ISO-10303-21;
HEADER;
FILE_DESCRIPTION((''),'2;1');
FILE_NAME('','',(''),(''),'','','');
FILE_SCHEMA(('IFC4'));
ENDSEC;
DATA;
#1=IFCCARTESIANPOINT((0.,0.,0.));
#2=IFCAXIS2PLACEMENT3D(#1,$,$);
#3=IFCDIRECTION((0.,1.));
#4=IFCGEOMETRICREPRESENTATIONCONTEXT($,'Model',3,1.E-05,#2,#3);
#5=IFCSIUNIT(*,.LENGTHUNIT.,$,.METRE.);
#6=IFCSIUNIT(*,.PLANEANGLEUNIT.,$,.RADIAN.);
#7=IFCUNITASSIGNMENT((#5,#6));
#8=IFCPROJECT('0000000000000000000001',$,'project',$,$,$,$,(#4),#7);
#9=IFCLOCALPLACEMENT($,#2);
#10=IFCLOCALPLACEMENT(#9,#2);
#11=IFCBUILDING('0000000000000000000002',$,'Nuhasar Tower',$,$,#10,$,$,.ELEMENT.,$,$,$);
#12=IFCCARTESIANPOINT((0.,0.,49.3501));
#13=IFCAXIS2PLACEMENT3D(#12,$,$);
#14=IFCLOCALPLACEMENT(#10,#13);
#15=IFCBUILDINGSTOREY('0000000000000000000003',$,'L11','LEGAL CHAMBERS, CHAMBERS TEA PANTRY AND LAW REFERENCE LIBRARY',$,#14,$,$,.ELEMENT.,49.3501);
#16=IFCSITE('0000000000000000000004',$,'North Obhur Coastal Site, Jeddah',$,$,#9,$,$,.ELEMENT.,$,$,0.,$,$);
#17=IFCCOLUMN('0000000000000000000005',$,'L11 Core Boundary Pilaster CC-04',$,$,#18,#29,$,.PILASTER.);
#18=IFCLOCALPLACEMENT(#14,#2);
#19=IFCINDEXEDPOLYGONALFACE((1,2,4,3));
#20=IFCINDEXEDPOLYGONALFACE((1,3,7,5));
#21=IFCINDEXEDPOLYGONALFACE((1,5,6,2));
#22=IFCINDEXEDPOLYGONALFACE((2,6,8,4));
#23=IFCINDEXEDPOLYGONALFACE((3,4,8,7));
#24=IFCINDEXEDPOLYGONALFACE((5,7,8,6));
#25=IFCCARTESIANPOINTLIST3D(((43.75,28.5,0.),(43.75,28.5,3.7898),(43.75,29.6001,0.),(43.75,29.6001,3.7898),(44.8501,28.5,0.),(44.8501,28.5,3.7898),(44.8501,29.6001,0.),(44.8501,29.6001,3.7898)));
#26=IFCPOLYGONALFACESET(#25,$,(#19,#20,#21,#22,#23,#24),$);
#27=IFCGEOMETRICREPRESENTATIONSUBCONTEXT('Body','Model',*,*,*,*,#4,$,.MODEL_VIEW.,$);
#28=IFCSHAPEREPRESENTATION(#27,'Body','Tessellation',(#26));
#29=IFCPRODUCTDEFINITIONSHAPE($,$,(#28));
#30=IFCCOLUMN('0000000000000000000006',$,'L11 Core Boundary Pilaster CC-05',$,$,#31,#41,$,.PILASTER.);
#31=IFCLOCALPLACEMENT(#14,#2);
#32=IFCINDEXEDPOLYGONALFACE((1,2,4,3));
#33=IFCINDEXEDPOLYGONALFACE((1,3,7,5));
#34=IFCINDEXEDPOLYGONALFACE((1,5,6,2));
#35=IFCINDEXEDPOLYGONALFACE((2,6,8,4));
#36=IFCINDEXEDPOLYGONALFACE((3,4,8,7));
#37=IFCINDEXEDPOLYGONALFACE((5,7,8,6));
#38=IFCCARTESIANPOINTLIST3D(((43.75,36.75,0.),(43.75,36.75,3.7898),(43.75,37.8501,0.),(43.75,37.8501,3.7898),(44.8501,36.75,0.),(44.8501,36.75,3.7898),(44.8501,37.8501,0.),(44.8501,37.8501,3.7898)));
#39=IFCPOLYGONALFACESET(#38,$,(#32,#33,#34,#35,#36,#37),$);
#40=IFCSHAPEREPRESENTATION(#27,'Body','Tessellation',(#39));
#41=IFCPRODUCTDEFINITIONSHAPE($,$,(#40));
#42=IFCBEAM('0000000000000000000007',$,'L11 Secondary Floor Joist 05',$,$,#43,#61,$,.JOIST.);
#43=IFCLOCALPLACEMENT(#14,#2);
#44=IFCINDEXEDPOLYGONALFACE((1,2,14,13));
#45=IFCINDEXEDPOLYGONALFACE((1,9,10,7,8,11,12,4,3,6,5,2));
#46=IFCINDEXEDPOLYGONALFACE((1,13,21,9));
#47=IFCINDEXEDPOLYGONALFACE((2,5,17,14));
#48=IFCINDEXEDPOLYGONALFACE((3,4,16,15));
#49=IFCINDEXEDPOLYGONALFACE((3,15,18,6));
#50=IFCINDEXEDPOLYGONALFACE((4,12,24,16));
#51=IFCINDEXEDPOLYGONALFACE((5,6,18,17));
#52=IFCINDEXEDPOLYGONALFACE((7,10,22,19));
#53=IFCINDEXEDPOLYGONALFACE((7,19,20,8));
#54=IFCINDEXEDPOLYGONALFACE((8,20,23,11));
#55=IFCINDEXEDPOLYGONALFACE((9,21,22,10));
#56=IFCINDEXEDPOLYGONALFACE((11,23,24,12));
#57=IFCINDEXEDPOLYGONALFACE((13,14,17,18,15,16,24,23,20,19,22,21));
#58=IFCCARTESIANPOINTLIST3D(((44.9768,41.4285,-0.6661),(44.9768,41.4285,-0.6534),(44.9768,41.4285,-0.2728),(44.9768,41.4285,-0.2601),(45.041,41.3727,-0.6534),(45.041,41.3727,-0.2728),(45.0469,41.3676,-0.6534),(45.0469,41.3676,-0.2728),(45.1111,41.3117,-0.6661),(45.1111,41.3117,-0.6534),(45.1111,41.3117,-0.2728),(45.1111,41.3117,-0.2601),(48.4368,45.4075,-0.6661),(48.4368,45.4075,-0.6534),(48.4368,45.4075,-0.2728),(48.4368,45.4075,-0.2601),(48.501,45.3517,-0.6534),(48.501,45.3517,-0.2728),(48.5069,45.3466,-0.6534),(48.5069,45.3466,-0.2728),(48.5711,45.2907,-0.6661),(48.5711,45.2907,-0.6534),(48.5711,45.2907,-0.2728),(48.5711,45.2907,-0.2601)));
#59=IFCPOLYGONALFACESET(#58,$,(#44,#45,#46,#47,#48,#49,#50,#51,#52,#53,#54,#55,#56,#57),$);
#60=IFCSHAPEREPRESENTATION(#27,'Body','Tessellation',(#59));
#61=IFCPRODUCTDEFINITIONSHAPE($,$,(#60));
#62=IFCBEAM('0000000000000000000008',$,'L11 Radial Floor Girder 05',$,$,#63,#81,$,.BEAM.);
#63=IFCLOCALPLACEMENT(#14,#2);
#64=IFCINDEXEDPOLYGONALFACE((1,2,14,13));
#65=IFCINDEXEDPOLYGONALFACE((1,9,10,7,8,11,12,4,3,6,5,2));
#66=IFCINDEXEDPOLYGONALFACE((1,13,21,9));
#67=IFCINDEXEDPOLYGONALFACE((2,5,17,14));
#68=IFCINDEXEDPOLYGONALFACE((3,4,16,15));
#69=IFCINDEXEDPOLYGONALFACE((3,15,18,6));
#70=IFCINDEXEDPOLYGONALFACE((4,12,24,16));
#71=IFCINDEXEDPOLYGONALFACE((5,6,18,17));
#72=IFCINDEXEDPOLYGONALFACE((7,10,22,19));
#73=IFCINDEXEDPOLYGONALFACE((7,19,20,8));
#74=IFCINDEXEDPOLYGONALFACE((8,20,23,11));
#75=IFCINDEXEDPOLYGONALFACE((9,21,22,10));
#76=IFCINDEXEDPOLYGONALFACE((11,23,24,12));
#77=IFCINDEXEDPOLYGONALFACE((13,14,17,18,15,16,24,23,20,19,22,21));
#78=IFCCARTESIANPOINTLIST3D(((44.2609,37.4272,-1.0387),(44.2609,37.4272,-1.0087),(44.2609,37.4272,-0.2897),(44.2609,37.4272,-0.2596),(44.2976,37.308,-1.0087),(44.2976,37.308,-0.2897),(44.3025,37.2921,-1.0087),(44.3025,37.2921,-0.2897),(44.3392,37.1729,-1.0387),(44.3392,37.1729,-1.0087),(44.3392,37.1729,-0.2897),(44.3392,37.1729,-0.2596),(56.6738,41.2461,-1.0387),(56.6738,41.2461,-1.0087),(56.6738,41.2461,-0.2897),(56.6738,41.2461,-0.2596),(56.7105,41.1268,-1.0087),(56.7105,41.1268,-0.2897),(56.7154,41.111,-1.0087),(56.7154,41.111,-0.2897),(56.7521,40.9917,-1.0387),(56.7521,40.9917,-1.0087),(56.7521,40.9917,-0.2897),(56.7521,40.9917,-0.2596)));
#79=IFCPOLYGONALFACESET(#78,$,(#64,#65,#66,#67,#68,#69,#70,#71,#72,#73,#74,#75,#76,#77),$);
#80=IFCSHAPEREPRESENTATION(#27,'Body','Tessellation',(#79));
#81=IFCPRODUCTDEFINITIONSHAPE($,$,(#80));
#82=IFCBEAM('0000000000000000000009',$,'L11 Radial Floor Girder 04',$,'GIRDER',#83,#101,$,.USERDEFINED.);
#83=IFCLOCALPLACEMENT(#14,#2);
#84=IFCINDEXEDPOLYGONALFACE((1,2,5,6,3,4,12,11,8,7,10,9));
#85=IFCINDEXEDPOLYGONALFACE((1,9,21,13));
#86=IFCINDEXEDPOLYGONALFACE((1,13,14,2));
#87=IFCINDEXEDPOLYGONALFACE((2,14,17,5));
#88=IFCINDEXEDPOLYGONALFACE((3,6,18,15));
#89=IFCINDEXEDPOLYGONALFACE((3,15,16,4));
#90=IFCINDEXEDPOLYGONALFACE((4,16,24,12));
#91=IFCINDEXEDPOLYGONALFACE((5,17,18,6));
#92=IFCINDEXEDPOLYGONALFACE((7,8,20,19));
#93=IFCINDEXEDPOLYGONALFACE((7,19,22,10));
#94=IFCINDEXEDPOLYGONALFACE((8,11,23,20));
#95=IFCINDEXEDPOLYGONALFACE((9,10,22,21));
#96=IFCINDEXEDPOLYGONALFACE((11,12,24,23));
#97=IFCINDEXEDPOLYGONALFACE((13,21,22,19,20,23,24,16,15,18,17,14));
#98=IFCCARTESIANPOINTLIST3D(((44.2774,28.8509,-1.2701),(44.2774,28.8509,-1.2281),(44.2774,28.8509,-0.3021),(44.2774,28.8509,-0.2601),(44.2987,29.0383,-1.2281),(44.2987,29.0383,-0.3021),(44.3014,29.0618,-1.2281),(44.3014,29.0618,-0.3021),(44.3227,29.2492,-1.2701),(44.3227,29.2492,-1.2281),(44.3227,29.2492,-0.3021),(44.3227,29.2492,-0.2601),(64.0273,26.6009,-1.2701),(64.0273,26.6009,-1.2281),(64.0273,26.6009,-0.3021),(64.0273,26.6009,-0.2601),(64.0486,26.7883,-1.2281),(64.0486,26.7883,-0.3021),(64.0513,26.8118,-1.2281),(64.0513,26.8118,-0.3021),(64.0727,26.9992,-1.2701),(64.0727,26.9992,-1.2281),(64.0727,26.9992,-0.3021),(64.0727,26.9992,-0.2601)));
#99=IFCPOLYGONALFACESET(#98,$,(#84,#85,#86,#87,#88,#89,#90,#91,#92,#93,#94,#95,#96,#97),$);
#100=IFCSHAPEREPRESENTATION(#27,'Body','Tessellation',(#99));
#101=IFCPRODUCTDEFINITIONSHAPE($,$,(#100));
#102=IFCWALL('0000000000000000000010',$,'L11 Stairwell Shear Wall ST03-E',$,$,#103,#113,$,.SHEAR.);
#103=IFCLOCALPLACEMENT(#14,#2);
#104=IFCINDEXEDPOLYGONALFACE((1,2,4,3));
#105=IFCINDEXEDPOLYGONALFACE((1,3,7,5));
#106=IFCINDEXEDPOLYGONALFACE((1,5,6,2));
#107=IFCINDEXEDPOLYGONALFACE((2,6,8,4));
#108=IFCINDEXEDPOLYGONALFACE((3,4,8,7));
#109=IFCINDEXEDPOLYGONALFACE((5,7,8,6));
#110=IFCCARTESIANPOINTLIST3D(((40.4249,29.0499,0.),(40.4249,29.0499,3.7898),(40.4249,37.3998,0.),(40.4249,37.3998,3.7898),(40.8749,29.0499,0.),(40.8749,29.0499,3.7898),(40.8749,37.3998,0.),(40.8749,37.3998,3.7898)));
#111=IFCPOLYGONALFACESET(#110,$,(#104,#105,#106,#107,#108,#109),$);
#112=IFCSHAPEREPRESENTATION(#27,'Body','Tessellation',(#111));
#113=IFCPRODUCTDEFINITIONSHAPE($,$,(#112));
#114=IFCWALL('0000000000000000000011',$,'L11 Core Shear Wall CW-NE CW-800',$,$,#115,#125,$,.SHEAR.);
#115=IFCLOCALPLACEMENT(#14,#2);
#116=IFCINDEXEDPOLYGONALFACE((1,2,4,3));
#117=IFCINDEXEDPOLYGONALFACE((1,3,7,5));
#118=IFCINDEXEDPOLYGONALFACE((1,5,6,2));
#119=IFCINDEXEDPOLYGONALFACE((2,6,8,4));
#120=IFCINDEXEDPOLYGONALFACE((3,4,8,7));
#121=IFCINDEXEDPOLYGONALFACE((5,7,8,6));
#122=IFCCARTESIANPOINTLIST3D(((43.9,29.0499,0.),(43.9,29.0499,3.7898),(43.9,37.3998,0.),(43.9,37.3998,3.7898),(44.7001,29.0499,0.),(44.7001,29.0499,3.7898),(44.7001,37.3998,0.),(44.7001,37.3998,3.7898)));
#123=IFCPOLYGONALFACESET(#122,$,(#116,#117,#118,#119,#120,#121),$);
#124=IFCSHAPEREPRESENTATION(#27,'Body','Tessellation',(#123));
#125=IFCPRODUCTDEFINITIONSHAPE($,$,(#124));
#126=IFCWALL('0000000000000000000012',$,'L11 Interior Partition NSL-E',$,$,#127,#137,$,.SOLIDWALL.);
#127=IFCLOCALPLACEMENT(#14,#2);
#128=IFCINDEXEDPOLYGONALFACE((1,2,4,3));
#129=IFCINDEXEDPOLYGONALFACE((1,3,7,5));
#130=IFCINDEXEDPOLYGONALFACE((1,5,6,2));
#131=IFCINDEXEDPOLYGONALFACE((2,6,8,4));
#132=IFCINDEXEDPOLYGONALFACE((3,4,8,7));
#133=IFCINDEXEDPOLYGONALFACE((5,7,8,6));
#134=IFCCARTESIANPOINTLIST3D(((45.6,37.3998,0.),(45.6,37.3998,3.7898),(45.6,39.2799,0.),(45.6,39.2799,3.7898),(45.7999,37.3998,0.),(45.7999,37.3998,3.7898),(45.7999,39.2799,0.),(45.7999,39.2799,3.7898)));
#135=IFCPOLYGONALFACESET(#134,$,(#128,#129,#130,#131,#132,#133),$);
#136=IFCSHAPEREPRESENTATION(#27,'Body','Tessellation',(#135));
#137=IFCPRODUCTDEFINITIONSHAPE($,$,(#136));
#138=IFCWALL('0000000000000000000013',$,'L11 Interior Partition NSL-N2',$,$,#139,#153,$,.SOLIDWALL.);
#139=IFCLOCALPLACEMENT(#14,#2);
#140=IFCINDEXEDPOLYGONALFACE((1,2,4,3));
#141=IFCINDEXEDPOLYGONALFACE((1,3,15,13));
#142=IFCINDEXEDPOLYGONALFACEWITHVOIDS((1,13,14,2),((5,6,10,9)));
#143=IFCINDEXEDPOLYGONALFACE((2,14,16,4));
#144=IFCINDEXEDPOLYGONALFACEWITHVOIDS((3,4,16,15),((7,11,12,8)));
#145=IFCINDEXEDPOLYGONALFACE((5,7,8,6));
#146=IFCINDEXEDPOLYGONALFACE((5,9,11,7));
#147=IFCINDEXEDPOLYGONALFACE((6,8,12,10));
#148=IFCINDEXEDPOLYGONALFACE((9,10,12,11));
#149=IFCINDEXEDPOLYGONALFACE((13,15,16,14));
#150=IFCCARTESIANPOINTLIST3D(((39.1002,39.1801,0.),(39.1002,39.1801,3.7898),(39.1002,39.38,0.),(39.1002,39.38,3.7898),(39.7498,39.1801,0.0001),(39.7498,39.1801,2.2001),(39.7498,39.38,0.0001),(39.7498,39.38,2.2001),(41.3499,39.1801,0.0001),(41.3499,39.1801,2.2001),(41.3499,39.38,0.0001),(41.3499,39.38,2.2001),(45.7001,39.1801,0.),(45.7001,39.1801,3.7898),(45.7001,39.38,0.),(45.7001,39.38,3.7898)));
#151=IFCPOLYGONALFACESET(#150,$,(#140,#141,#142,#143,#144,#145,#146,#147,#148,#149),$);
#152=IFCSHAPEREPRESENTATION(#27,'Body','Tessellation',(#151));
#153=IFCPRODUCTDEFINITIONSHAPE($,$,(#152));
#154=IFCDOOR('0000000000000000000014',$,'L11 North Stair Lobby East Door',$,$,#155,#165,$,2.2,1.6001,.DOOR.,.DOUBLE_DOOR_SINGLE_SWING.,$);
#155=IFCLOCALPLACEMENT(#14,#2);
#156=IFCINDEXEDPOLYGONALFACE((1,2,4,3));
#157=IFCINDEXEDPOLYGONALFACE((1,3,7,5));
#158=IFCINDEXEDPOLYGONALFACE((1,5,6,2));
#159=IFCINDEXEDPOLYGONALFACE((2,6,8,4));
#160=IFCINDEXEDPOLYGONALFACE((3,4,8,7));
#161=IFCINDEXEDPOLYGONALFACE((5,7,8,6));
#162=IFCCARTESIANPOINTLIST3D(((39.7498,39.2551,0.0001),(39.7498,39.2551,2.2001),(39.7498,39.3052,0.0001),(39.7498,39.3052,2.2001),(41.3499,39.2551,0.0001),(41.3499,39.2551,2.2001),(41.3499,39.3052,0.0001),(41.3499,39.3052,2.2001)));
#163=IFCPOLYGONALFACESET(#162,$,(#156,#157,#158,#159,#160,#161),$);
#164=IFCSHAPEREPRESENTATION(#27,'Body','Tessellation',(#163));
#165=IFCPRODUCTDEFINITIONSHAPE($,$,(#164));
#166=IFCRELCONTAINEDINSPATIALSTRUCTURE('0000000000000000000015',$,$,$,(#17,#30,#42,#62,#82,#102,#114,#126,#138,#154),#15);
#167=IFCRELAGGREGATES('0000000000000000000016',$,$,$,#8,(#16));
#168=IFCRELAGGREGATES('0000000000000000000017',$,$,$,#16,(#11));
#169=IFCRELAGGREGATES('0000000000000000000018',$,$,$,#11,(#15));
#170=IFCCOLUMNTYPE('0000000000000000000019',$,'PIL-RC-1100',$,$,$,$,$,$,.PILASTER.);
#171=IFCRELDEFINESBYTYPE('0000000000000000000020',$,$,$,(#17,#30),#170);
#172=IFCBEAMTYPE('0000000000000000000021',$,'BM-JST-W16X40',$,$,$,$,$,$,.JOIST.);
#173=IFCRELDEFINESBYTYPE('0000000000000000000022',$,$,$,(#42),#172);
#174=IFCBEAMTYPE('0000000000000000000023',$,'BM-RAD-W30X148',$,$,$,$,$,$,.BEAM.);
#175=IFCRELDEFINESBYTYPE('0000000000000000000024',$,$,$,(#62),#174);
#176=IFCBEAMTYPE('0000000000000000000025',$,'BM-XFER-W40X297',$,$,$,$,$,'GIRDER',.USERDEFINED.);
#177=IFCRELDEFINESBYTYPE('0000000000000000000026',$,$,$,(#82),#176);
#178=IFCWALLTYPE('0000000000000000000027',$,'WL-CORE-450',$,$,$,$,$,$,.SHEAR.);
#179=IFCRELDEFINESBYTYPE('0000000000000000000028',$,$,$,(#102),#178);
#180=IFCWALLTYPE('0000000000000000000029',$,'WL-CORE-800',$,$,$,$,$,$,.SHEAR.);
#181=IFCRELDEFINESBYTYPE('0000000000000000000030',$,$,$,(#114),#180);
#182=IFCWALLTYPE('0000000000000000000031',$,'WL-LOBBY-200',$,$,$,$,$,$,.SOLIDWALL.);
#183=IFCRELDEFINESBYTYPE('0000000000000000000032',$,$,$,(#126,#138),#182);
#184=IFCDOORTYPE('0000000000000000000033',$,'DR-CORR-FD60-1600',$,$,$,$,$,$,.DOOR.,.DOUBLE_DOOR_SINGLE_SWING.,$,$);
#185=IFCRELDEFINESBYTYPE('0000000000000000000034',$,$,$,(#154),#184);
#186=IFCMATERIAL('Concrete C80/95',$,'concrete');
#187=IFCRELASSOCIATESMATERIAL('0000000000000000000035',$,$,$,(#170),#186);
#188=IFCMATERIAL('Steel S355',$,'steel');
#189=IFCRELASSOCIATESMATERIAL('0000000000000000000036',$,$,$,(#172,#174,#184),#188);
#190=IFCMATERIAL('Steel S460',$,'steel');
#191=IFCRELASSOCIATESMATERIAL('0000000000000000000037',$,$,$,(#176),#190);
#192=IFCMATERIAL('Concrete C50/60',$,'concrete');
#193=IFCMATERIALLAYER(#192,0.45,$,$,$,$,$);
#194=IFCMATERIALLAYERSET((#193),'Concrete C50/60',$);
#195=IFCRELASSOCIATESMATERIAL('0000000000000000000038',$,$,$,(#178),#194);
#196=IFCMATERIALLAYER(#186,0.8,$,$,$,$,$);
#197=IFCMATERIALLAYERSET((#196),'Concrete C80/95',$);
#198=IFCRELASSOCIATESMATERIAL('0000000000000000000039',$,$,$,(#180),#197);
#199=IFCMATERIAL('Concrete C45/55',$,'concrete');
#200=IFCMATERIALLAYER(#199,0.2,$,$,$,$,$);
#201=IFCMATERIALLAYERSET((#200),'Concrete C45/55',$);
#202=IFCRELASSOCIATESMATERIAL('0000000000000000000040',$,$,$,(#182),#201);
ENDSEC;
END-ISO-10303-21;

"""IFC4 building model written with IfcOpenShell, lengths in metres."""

from ifc_helpers import new_model, si_unit, direction, frame, frame_2d, origin, origin_2d, place, context, subcontext, project, spatial, rectangle, i_section, extrude, material, layer, layer_set, material_profile, profile_set, type_object, element, fill, save


model = new_model("IFC4")

# Units and contexts
model_context = context("Model", 3, precision=1e-05, world=origin(), true_north=direction((0.0, 1.0)))
body_context = subcontext(model_context, "Body", "Model", "MODEL_VIEW")
ifc_project = project(units=[si_unit("LENGTHUNIT", "METRE"), si_unit("PLANEANGLEUNIT", "RADIAN")], contexts=[model_context])

# Site, building, storey
site_placement = place(None, origin())
site = spatial("IfcSite", under=ifc_project, at=site_placement, Name="North Obhur Coastal Site, Jeddah", CompositionType="ELEMENT", RefElevation=0.0)
building_placement = place(site_placement, origin())
building = spatial("IfcBuilding", under=site, at=building_placement, Name="Nuhasar Tower", CompositionType="ELEMENT")
storey_placement = place(building_placement, frame((0.0, 0.0, 49.3501)))
storey = spatial("IfcBuildingStorey", under=building, at=storey_placement, Name="L11", Description="LEGAL CHAMBERS, CHAMBERS TEA PANTRY AND LAW REFERENCE LIBRARY", CompositionType="ELEMENT", Elevation=49.3501)

# Columns
ifc_material_1 = material(Name="Concrete C80/95", Category="concrete")
ifc_material_profile_1 = material_profile(ifc_material_1, rectangle(XDim=1.1001, YDim=1.1001, at=origin_2d()), Name="RC1100X1100")
ifc_profile_set_1 = profile_set([ifc_material_profile_1], Name="Concrete C80/95")
column_type = type_object("IfcColumnType", Name="PIL-RC-1100", PredefinedType="PILASTER", material=ifc_profile_set_1)
for number, where, z_axis, x_axis, name in (
    (1, (44.3, 29.05, 0.0), (0.0, 0.0, 1.0), (1.0, 0.0, 0.0), "L11 Core Boundary Pilaster CC-04"),
    (2, (44.3, 37.3, 0.0), (0.0, 0.0, 1.0), (1.0, 0.0, 0.0), "L11 Core Boundary Pilaster CC-05"),
):
    element("IfcColumn", number, at=place(storey_placement, frame(where, z_axis=z_axis, x_axis=x_axis)), inside=storey, type_object=column_type, Name=name, PredefinedType="PILASTER", context=body_context, shape_type="SweptSolid", body=[
        extrude(rectangle(XDim=1.1001, YDim=1.1001, at=origin_2d()), origin(), (0.0, 0.0, 1.0), 3.7898),
    ])

# Beams
ifc_material_2 = material(Name="Steel S355", Category="steel")
ifc_material_profile_2 = material_profile(ifc_material_2, i_section(OverallWidth=0.178, OverallDepth=0.406, WebThickness=0.0078, FlangeThickness=0.0127, at=origin_2d()), Name="W16X40")
ifc_profile_set_2 = profile_set([ifc_material_profile_2], Name="Steel S355")
beam_type_1 = type_object("IfcBeamType", Name="BM-JST-W16X40", PredefinedType="JOIST", material=ifc_profile_set_2)
beam_1_placement = place(storey_placement, frame((45.0439, 41.3701, -0.4631), z_axis=(0.656174, 0.75461, 0.0), x_axis=(-0.75461, 0.656174, 0.0)))
element("IfcBeam", 3, at=beam_1_placement, inside=storey, type_object=beam_type_1, Name="L11 Secondary Floor Joist 05", PredefinedType="JOIST", context=body_context, shape_type="SweptSolid", body=[
    extrude(i_section(OverallWidth=0.178, OverallDepth=0.406, WebThickness=0.0078, FlangeThickness=0.0127, at=origin_2d()), origin(), (0.0, 0.0, 1.0), 5.2729),
])
ifc_material_profile_3 = material_profile(ifc_material_2, i_section(OverallWidth=0.2661, OverallDepth=0.7791, WebThickness=0.0166, FlangeThickness=0.03, at=origin_2d()), Name="W30X148")
ifc_profile_set_3 = profile_set([ifc_material_profile_3], Name="Steel S355")
beam_type_2 = type_object("IfcBeamType", Name="BM-RAD-W30X148", PredefinedType="BEAM", material=ifc_profile_set_3)
beam_2_placement = place(storey_placement, frame((44.3, 37.3, -0.6492), z_axis=(0.95579, 0.294052, 0.0), x_axis=(-0.294052, 0.95579, 0.0)))
element("IfcBeam", 4, at=beam_2_placement, inside=storey, type_object=beam_type_2, Name="L11 Radial Floor Girder 05", PredefinedType="BEAM", context=body_context, shape_type="SweptSolid", body=[
    extrude(i_section(OverallWidth=0.2661, OverallDepth=0.7791, WebThickness=0.0166, FlangeThickness=0.03, at=origin_2d()), origin(), (0.0, 0.0, 1.0), 12.9871),
])
ifc_material_3 = material(Name="Steel S460", Category="steel")
ifc_material_profile_4 = material_profile(ifc_material_3, i_section(OverallWidth=0.4009, OverallDepth=1.01, WebThickness=0.0237, FlangeThickness=0.042, at=origin_2d()), Name="W40X297")
ifc_profile_set_4 = profile_set([ifc_material_profile_4], Name="Steel S460")
beam_type_3 = type_object("IfcBeamType", Name="BM-XFER-W40X297", ElementType="GIRDER", PredefinedType="USERDEFINED", material=ifc_profile_set_4)
beam_3_placement = place(storey_placement, frame((44.3, 29.05, -0.7651), z_axis=(0.993573, -0.113192, 0.0), x_axis=(0.113192, 0.993573, 0.0)))
element("IfcBeam", 5, at=beam_3_placement, inside=storey, type_object=beam_type_3, Name="L11 Radial Floor Girder 04", ObjectType="GIRDER", PredefinedType="USERDEFINED", context=body_context, shape_type="SweptSolid", body=[
    extrude(i_section(OverallWidth=0.4009, OverallDepth=1.01, WebThickness=0.0237, FlangeThickness=0.042, at=origin_2d()), origin(), (0.0, 0.0, 1.0), 19.8777),
])

# Shared definitions
ifc_material_4 = material(Name="Concrete C50/60", Category="concrete")
ifc_layer_1 = layer(ifc_material_4, 0.45)
ifc_layer_set_1 = layer_set([ifc_layer_1], Name="Concrete C50/60")
wall_type_1 = type_object("IfcWallType", Name="WL-CORE-450", PredefinedType="SHEAR", material=ifc_layer_set_1)

# Wall
wall_1_placement = place(storey_placement, frame((40.6499, 29.05, 0.0), z_axis=(0.0, 0.0, 1.0), x_axis=(0.0, 1.0, 0.0)))
element("IfcWall", 6, at=wall_1_placement, inside=storey, type_object=wall_type_1, Name="L11 Stairwell Shear Wall ST03-E", PredefinedType="SHEAR", context=body_context, shape_type="SweptSolid", body=[
    extrude(rectangle(XDim=8.3499, YDim=0.45, at=frame_2d((4.1748, 0.0))), origin(), (0.0, 0.0, 1.0), 3.7898),
])

# Walls
ifc_layer_2 = layer(ifc_material_1, 0.8)
ifc_layer_set_2 = layer_set([ifc_layer_2], Name="Concrete C80/95")
wall_type_2 = type_object("IfcWallType", Name="WL-CORE-800", PredefinedType="SHEAR", material=ifc_layer_set_2)
wall_2_placement = place(storey_placement, frame((44.3, 29.05, 0.0), z_axis=(0.0, 0.0, 1.0), x_axis=(0.0, 1.0, 0.0)))
element("IfcWall", 7, at=wall_2_placement, inside=storey, type_object=wall_type_2, Name="L11 Core Shear Wall CW-NE CW-800", PredefinedType="SHEAR", context=body_context, shape_type="SweptSolid", body=[
    extrude(rectangle(XDim=8.3499, YDim=0.8, at=frame_2d((4.1748, 0.0))), origin(), (0.0, 0.0, 1.0), 3.7898),
])
ifc_material_5 = material(Name="Concrete C45/55", Category="concrete")
ifc_layer_3 = layer(ifc_material_5, 0.2)
ifc_layer_set_3 = layer_set([ifc_layer_3], Name="Concrete C45/55")
wall_type_3 = type_object("IfcWallType", Name="WL-LOBBY-200", PredefinedType="SOLIDWALL", material=ifc_layer_set_3)
wall_3_placement = place(storey_placement, frame((45.7, 37.3999, 0.0), z_axis=(0.0, 0.0, 1.0), x_axis=(0.0, 1.0, 0.0)))
element("IfcWall", 8, at=wall_3_placement, inside=storey, type_object=wall_type_3, Name="L11 Interior Partition NSL-E", PredefinedType="SOLIDWALL", context=body_context, shape_type="SweptSolid", body=[
    extrude(rectangle(XDim=1.8801, YDim=0.2, at=frame_2d((0.9399, 0.0))), origin(), (0.0, 0.0, 1.0), 3.7898),
])

# Wall, opening, door
wall_4_placement = place(storey_placement, frame((45.7, 39.28, 0.0), z_axis=(0.0, 0.0, 1.0), x_axis=(-1.0, 0.0, 0.0)))
wall_4 = element("IfcWall", 9, at=wall_4_placement, inside=storey, type_object=wall_type_3, Name="L11 Interior Partition NSL-N2", PredefinedType="SOLIDWALL", context=body_context, shape_type="SweptSolid", body=[
    extrude(rectangle(XDim=6.5999, YDim=0.2, at=frame_2d((3.2998, 0.0))), origin(), (0.0, 0.0, 1.0), 3.7898),
])
opening_1_placement = place(wall_4_placement, frame((4.3501, 0.0, 0.0)))
opening_1 = element("IfcOpeningElement", 10, at=opening_1_placement, cuts=wall_4, PredefinedType="OPENING", context=body_context, shape_type="SweptSolid", body=[
    extrude(rectangle(XDim=1.6001, YDim=2.2, at=frame_2d((0.8, 1.1001))), frame((0.0, 0.1099, 0.0), z_axis=(0.0, -1.0, 0.0), x_axis=(1.0, 0.0, 0.0)), (0.0, 0.0, 1.0), 0.22),
])
door_type_1 = type_object("IfcDoorType", Name="DR-CORR-FD60-1600", OperationType="DOUBLE_DOOR_SINGLE_SWING", PredefinedType="DOOR", material=ifc_material_2)
door_1_placement = place(opening_1_placement, origin())
door_1 = element("IfcDoor", 11, at=door_1_placement, inside=storey, type_object=door_type_1, Name="L11 North Stair Lobby East Door", OperationType="DOUBLE_DOOR_SINGLE_SWING", OverallHeight=2.2, OverallWidth=1.6001, PredefinedType="DOOR", context=body_context, shape_type="SweptSolid", body=[
    extrude(rectangle(XDim=1.6001, YDim=2.2, at=frame_2d((0.8, 1.1001))), frame((0.0, 0.0249, 0.0), z_axis=(0.0, -1.0, 0.0), x_axis=(1.0, 0.0, 0.0)), (0.0, 0.0, 1.0), 0.05),
])
fill(opening_1, door_1)

save(model, "model.ifc")
